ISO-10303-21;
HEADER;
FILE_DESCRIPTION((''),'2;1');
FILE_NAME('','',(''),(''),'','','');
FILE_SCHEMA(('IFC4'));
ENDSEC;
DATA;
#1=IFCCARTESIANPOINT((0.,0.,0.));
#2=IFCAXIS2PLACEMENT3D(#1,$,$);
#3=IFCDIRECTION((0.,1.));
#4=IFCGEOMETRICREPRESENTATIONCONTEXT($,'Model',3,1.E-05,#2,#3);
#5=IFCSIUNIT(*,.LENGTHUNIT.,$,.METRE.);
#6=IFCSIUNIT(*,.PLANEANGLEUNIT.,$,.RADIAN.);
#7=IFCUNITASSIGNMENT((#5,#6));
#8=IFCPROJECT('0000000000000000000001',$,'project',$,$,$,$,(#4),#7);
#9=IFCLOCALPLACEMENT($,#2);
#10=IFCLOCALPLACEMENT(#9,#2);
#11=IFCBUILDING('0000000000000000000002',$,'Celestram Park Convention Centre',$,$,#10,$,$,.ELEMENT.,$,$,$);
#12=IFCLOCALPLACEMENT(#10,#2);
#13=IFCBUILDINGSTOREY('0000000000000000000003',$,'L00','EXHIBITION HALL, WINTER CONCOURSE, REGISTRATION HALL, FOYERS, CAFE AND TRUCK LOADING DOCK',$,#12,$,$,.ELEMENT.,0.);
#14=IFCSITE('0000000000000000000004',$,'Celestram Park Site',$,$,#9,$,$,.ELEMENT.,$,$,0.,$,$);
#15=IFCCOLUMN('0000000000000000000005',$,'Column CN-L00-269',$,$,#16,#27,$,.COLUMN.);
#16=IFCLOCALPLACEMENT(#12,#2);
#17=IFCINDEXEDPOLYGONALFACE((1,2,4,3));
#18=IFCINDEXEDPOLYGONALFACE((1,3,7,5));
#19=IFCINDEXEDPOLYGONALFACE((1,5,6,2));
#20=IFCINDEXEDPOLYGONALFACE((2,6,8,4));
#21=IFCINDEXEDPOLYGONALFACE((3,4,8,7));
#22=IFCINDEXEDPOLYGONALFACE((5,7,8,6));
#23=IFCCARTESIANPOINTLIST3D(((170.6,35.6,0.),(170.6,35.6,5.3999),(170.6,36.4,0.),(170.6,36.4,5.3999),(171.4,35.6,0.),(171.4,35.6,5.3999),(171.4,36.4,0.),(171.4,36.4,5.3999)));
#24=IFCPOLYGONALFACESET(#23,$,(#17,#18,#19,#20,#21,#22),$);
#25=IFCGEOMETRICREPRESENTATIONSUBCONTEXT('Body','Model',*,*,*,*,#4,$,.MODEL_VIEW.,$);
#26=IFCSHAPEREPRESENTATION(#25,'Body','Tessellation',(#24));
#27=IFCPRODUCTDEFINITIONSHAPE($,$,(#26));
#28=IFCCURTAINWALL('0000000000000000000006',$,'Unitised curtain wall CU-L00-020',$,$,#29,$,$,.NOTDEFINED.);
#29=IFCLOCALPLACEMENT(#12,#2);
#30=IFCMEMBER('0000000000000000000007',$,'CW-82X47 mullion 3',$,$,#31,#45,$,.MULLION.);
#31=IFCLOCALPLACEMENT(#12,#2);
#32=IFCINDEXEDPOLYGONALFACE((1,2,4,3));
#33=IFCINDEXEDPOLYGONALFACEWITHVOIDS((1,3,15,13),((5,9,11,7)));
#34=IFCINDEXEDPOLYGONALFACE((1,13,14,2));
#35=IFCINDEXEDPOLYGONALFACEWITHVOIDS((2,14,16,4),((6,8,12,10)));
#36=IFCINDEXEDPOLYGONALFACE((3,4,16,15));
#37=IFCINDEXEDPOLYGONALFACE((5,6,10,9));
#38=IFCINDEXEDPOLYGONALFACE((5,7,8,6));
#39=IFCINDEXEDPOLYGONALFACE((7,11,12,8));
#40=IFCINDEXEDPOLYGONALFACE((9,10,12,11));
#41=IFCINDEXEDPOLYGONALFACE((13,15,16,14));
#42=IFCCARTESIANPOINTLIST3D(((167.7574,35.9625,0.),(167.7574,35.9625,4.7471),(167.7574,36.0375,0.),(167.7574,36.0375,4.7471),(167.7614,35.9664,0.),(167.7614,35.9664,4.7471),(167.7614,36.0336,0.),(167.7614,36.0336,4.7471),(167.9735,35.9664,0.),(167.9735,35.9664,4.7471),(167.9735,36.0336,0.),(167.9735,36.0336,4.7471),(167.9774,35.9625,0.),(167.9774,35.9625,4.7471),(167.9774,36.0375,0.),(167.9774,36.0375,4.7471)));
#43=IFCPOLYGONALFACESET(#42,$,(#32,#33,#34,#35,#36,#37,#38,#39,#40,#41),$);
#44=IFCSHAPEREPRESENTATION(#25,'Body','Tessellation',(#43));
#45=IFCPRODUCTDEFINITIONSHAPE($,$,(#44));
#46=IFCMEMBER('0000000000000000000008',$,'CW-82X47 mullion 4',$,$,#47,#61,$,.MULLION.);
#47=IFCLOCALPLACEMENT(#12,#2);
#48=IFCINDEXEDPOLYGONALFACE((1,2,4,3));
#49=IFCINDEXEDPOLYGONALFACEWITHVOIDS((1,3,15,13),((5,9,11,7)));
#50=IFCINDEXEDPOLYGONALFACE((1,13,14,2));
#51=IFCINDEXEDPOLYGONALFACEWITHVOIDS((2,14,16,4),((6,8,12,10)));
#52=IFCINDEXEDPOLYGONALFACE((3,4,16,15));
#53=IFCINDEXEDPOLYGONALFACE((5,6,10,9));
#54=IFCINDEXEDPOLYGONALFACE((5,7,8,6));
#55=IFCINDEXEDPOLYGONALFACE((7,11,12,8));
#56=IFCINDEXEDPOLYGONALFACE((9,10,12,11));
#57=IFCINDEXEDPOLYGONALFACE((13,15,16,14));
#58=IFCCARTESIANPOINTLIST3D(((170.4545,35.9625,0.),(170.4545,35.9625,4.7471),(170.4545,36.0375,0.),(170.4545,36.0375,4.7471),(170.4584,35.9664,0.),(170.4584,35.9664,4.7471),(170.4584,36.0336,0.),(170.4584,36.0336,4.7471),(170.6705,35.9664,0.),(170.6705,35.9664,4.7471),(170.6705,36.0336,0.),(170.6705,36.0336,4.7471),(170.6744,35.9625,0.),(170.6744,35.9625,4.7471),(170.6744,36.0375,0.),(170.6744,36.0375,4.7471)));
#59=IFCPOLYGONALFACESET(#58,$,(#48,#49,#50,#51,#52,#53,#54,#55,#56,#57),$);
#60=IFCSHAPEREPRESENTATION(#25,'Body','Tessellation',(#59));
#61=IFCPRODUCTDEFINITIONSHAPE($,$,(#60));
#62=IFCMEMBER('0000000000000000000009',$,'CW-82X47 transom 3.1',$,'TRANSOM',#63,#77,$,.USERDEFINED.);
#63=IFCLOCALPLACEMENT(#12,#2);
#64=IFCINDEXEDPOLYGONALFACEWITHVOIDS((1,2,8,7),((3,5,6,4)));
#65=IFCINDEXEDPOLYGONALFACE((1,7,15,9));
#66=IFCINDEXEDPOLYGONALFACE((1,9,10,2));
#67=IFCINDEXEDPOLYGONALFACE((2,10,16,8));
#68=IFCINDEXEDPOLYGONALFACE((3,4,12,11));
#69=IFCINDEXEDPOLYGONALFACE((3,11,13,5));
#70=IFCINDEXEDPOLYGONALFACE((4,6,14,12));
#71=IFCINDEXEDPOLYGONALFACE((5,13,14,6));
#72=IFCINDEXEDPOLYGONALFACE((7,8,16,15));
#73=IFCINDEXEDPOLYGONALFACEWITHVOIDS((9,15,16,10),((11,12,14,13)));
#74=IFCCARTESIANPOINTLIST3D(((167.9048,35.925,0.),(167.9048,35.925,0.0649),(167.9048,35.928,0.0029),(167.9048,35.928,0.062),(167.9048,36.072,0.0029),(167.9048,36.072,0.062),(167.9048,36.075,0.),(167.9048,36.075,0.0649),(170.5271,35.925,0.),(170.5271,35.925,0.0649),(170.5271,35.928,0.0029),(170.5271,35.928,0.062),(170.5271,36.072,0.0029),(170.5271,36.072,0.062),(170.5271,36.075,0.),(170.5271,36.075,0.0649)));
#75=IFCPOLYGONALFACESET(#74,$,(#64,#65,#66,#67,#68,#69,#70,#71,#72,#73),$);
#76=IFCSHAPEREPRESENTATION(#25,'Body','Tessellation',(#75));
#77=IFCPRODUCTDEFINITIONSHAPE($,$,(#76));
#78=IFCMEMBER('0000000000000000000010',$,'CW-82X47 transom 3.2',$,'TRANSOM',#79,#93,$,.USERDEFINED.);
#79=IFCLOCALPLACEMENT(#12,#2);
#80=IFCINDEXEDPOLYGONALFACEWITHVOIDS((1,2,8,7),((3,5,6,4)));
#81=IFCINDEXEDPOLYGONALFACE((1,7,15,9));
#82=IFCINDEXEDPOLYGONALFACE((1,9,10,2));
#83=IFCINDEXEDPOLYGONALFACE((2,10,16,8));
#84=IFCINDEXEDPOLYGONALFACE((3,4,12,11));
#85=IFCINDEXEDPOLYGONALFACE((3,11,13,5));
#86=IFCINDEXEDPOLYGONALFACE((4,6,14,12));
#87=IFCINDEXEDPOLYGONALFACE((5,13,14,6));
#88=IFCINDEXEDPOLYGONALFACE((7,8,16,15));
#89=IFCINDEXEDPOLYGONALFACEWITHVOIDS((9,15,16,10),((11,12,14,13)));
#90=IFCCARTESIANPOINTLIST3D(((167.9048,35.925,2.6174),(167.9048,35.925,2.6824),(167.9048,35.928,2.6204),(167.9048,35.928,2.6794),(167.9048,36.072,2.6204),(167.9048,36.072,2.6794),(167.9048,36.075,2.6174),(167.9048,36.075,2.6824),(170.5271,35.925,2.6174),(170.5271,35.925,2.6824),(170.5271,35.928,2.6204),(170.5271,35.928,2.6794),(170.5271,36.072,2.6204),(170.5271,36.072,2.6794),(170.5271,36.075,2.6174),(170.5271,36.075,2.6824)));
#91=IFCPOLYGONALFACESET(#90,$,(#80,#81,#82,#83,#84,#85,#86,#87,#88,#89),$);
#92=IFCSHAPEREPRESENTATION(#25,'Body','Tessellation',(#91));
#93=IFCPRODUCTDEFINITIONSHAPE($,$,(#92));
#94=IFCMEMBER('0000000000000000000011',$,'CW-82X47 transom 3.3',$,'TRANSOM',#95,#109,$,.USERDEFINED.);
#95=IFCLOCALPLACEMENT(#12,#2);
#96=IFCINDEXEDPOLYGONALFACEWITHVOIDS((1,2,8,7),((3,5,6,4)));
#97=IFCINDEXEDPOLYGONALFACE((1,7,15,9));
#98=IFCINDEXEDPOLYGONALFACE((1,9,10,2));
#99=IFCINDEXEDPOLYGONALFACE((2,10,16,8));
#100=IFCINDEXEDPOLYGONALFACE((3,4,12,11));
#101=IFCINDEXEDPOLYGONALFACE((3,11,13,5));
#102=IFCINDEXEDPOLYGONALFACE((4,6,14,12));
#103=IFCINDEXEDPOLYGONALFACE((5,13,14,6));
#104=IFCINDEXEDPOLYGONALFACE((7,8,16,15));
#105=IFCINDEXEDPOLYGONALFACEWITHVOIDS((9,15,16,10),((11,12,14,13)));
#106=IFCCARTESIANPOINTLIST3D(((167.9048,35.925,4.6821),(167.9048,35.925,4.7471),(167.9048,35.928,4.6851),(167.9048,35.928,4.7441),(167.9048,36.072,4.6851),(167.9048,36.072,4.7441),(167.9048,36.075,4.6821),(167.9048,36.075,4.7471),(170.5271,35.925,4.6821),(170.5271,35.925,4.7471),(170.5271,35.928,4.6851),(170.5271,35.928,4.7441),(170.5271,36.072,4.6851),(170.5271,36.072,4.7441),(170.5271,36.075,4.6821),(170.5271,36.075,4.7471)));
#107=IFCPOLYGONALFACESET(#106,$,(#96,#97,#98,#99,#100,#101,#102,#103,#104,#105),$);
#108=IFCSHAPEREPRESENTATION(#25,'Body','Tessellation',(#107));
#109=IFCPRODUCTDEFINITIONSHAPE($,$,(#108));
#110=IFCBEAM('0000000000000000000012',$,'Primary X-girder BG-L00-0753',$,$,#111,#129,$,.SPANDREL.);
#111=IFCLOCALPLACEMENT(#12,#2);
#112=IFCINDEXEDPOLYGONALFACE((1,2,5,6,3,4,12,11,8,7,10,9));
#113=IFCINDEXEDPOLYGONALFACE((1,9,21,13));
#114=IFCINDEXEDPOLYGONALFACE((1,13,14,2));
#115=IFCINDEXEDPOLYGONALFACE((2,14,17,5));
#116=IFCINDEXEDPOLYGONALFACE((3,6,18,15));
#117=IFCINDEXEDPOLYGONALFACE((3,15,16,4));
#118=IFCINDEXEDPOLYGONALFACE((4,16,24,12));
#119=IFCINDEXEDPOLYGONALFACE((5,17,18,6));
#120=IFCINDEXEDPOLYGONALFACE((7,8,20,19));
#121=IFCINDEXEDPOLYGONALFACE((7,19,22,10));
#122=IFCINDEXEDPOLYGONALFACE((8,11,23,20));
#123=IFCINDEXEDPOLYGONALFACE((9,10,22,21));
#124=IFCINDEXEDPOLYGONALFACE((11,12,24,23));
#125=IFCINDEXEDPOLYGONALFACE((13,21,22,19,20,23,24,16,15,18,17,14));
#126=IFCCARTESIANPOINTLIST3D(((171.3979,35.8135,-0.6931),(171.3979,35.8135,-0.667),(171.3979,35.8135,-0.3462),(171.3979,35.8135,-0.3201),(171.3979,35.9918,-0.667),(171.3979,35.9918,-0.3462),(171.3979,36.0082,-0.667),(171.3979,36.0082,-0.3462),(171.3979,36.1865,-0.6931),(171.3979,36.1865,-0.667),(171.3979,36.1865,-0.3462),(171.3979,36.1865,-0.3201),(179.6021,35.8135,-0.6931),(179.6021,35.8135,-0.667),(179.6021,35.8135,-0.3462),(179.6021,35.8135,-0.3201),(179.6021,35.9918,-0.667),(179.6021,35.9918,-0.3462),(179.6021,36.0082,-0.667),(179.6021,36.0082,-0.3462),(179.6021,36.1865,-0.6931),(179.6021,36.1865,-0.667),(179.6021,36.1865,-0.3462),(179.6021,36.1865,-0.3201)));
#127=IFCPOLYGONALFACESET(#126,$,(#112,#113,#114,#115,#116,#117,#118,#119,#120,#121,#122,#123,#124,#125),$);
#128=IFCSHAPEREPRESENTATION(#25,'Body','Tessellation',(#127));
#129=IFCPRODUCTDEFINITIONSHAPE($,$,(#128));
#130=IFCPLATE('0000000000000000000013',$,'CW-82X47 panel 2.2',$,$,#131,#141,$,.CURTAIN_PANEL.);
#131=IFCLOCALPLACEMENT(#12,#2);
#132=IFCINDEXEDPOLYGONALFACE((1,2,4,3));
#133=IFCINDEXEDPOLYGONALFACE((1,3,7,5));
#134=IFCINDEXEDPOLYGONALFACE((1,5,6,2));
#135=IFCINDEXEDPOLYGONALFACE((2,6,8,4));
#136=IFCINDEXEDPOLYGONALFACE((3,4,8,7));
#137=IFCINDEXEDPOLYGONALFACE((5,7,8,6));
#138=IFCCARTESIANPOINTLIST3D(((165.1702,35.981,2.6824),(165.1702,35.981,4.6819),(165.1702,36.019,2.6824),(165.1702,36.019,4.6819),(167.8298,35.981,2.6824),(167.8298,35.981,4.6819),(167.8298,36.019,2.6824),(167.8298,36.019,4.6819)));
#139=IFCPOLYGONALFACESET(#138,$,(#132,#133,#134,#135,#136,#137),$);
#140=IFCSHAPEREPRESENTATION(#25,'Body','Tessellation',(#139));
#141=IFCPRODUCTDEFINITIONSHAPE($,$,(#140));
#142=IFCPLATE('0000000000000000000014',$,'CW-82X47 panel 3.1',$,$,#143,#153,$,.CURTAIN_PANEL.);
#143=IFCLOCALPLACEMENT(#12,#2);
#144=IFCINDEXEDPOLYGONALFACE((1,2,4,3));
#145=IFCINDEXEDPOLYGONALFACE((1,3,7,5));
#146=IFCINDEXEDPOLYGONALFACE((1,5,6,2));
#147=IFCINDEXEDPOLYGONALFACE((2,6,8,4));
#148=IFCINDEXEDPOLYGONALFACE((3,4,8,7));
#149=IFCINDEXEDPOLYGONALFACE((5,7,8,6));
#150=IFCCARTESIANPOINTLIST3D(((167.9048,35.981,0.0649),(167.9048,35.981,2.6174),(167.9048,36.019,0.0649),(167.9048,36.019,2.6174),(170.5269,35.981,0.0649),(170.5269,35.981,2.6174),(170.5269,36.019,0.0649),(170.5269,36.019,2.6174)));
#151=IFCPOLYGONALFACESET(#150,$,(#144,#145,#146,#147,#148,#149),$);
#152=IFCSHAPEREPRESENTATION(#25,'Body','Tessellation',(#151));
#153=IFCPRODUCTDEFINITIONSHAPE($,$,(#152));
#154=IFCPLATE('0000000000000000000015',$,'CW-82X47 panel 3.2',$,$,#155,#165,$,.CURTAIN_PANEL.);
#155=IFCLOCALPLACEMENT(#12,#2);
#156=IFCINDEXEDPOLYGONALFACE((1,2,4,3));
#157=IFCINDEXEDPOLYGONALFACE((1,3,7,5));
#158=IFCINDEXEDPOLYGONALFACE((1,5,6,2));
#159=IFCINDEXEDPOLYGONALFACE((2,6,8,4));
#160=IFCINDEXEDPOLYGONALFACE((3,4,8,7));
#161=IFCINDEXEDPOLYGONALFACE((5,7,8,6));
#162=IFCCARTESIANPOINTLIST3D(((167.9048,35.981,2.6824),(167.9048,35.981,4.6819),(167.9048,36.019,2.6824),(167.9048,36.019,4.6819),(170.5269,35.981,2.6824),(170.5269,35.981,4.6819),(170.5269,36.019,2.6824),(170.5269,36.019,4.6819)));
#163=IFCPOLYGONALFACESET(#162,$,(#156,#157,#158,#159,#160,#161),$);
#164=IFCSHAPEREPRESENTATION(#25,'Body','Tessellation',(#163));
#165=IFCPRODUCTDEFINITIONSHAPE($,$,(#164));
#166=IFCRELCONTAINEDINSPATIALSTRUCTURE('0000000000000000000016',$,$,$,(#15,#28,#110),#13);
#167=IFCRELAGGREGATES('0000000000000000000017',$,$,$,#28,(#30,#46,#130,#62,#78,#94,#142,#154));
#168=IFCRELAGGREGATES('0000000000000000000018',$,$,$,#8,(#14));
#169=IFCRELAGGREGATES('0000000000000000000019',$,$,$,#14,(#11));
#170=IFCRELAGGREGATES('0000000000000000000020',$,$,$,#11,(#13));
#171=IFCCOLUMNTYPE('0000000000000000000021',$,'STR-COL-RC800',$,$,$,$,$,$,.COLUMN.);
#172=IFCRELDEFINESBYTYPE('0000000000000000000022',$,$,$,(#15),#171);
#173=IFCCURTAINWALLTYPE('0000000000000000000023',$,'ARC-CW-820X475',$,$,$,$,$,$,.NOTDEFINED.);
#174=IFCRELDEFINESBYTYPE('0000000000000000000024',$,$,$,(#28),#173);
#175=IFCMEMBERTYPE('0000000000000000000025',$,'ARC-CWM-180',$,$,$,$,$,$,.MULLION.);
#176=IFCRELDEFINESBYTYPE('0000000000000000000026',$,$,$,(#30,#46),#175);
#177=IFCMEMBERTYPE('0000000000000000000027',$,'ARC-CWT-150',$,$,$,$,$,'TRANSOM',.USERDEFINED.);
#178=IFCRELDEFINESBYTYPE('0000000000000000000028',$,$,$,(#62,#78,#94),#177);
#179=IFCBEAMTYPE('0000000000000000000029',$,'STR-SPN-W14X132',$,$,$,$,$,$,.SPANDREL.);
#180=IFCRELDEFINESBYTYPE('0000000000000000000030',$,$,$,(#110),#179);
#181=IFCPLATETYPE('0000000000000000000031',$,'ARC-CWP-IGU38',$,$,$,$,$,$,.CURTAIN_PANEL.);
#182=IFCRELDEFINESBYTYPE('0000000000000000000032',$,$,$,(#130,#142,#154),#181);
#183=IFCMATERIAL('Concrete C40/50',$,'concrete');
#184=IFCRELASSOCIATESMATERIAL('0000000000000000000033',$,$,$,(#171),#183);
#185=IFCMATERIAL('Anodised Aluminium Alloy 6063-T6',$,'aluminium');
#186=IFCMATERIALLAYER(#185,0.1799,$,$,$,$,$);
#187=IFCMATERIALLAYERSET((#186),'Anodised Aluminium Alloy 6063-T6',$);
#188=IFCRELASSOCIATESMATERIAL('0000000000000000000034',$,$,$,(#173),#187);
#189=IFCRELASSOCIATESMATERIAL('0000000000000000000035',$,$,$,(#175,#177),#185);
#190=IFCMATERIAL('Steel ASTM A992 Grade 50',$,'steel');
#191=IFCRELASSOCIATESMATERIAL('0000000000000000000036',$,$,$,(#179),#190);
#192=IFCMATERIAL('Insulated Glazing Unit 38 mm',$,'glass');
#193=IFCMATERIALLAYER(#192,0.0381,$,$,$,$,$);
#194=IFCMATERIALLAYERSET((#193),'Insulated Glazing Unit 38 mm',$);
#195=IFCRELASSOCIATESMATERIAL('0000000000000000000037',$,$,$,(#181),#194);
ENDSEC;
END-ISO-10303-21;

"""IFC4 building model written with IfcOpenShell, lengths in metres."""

from ifc_helpers import new_model, si_unit, direction, frame, origin, origin_2d, place, context, subcontext, project, spatial, rectangle, hollow_rectangle, i_section, extrude, material, layer, layer_set, material_profile, profile_set, type_object, element, aggregate, save


model = new_model("IFC4")

# Units and contexts
model_context = context("Model", 3, precision=1e-05, world=origin(), true_north=direction((0.0, 1.0)))
body_context = subcontext(model_context, "Body", "Model", "MODEL_VIEW")
ifc_project = project(units=[si_unit("LENGTHUNIT", "METRE"), si_unit("PLANEANGLEUNIT", "RADIAN")], contexts=[model_context])

# Site, building, storey
site_placement = place(None, origin())
site = spatial("IfcSite", under=ifc_project, at=site_placement, Name="Celestram Park Site", CompositionType="ELEMENT", RefElevation=0.0)
building_placement = place(site_placement, origin())
building = spatial("IfcBuilding", under=site, at=building_placement, Name="Celestram Park Convention Centre", CompositionType="ELEMENT")
storey_placement = place(building_placement, origin())
storey = spatial("IfcBuildingStorey", under=building, at=storey_placement, Name="L00", Description="EXHIBITION HALL, WINTER CONCOURSE, REGISTRATION HALL, FOYERS, CAFE AND TRUCK LOADING DOCK", CompositionType="ELEMENT", Elevation=0.0)

# Column
ifc_material_1 = material(Name="Concrete C40/50", Category="concrete")
ifc_material_profile_1 = material_profile(ifc_material_1, rectangle(XDim=0.8, YDim=0.8, at=origin_2d()), Name="RC800X800")
ifc_profile_set_1 = profile_set([ifc_material_profile_1], Name="Concrete C40/50")
column_type = type_object("IfcColumnType", Name="STR-COL-RC800", PredefinedType="COLUMN", material=ifc_profile_set_1)
column_placement = place(storey_placement, frame((171.0, 36.0, 0.0), z_axis=(0.0, 0.0, 1.0), x_axis=(1.0, 0.0, 0.0)))
element("IfcColumn", 1, at=column_placement, inside=storey, type_object=column_type, Name="Column CN-L00-269", PredefinedType="COLUMN", context=body_context, shape_type="SweptSolid", body=[
    extrude(rectangle(XDim=0.8, YDim=0.8, at=origin_2d()), origin(), (0.0, 0.0, 1.0), 5.3999),
])

# Curtain wall, members
ifc_material_2 = material(Name="Anodised Aluminium Alloy 6063-T6", Category="aluminium")
ifc_layer_1 = layer(ifc_material_2, 0.1799)
ifc_layer_set_1 = layer_set([ifc_layer_1], Name="Anodised Aluminium Alloy 6063-T6")
curtain_wall_type = type_object("IfcCurtainWallType", Name="ARC-CW-820X475", PredefinedType="NOTDEFINED", material=ifc_layer_set_1)
curtain_wall_placement = place(storey_placement, origin())
curtain_wall = element("IfcCurtainWall", 2, at=curtain_wall_placement, inside=storey, type_object=curtain_wall_type, Name="Unitised curtain wall CU-L00-020", PredefinedType="NOTDEFINED")
ifc_material_profile_2 = material_profile(ifc_material_2, hollow_rectangle(XDim=0.075, YDim=0.22, WallThickness=0.0039, at=origin_2d()), Name="ALU75X220X4")
ifc_profile_set_2 = profile_set([ifc_material_profile_2], Name="Anodised Aluminium Alloy 6063-T6")
member_type_1 = type_object("IfcMemberType", Name="ARC-CWM-180", PredefinedType="MULLION", material=ifc_profile_set_2)
member_1_placement = place(storey_placement, frame((167.8674, 36.0, 0.0), z_axis=(0.0, 0.0, 1.0), x_axis=(0.0, 1.0, 0.0)))
member_1 = element("IfcMember", 3, at=member_1_placement, type_object=member_type_1, Name="CW-82X47 mullion 3", PredefinedType="MULLION", context=body_context, shape_type="SweptSolid", body=[
    extrude(hollow_rectangle(XDim=0.075, YDim=0.22, WallThickness=0.0039, at=origin_2d()), origin(), (0.0, 0.0, 1.0), 4.7471),
])
member_2_placement = place(storey_placement, frame((170.5645, 36.0, 0.0), z_axis=(0.0, 0.0, 1.0), x_axis=(0.0, 1.0, 0.0)))
member_2 = element("IfcMember", 4, at=member_2_placement, type_object=member_type_1, Name="CW-82X47 mullion 4", PredefinedType="MULLION", context=body_context, shape_type="SweptSolid", body=[
    extrude(hollow_rectangle(XDim=0.075, YDim=0.22, WallThickness=0.0039, at=origin_2d()), origin(), (0.0, 0.0, 1.0), 4.7471),
])
ifc_material_profile_3 = material_profile(ifc_material_2, hollow_rectangle(XDim=0.1499, YDim=0.0649, WallThickness=0.0029, at=origin_2d()), Name="ALU150X65X3")
ifc_profile_set_3 = profile_set([ifc_material_profile_3], Name="Anodised Aluminium Alloy 6063-T6")
member_type_2 = type_object("IfcMemberType", Name="ARC-CWT-150", ElementType="TRANSOM", PredefinedType="USERDEFINED", material=ifc_profile_set_3)
member_3_placement = place(storey_placement, frame((167.9048, 36.0, 0.0325), z_axis=(1.0, 0.0, 0.0), x_axis=(0.0, 1.0, 0.0)))
member_3 = element("IfcMember", 5, at=member_3_placement, type_object=member_type_2, Name="CW-82X47 transom 3.1", ObjectType="TRANSOM", PredefinedType="USERDEFINED", context=body_context, shape_type="SweptSolid", body=[
    extrude(hollow_rectangle(XDim=0.1499, YDim=0.0649, WallThickness=0.0029, at=origin_2d()), origin(), (0.0, 0.0, 1.0), 2.6223),
])
member_4_placement = place(storey_placement, frame((167.9048, 36.0, 2.6499), z_axis=(1.0, 0.0, 0.0), x_axis=(0.0, 1.0, 0.0)))
member_4 = element("IfcMember", 6, at=member_4_placement, type_object=member_type_2, Name="CW-82X47 transom 3.2", ObjectType="TRANSOM", PredefinedType="USERDEFINED", context=body_context, shape_type="SweptSolid", body=[
    extrude(hollow_rectangle(XDim=0.1499, YDim=0.0649, WallThickness=0.0029, at=origin_2d()), origin(), (0.0, 0.0, 1.0), 2.6223),
])
member_5_placement = place(storey_placement, frame((167.9048, 36.0, 4.7146), z_axis=(1.0, 0.0, 0.0), x_axis=(0.0, 1.0, 0.0)))
member_5 = element("IfcMember", 7, at=member_5_placement, type_object=member_type_2, Name="CW-82X47 transom 3.3", ObjectType="TRANSOM", PredefinedType="USERDEFINED", context=body_context, shape_type="SweptSolid", body=[
    extrude(hollow_rectangle(XDim=0.1499, YDim=0.0649, WallThickness=0.0029, at=origin_2d()), origin(), (0.0, 0.0, 1.0), 2.6223),
])

# Beam
ifc_material_3 = material(Name="Steel ASTM A992 Grade 50", Category="steel")
ifc_material_profile_4 = material_profile(ifc_material_3, i_section(OverallWidth=0.373, OverallDepth=0.373, WebThickness=0.0164, FlangeThickness=0.0261, at=origin_2d()), Name="W14X132")
ifc_profile_set_4 = profile_set([ifc_material_profile_4], Name="Steel ASTM A992 Grade 50")
beam_type = type_object("IfcBeamType", Name="STR-SPN-W14X132", PredefinedType="SPANDREL", material=ifc_profile_set_4)
beam_placement = place(storey_placement, frame((171.3979, 36.0, -0.5066), z_axis=(1.0, 0.0, 0.0), x_axis=(0.0, 1.0, 0.0)))
element("IfcBeam", 8, at=beam_placement, inside=storey, type_object=beam_type, Name="Primary X-girder BG-L00-0753", PredefinedType="SPANDREL", context=body_context, shape_type="SweptSolid", body=[
    extrude(i_section(OverallWidth=0.373, OverallDepth=0.373, WebThickness=0.0164, FlangeThickness=0.0261, at=origin_2d()), origin(), (0.0, 0.0, 1.0), 8.2041),
])

# Plates
ifc_material_4 = material(Name="Insulated Glazing Unit 38 mm", Category="glass")
ifc_layer_2 = layer(ifc_material_4, 0.0381)
ifc_layer_set_2 = layer_set([ifc_layer_2], Name="Insulated Glazing Unit 38 mm")
plate_type = type_object("IfcPlateType", Name="ARC-CWP-IGU38", PredefinedType="CURTAIN_PANEL", material=ifc_layer_set_2)
plate_1_placement = place(storey_placement, frame((166.5, 36.0, 2.6824), z_axis=(0.0, 0.0, 1.0), x_axis=(1.0, 0.0, 0.0)))
plate_1 = element("IfcPlate", 9, at=plate_1_placement, type_object=plate_type, Name="CW-82X47 panel 2.2", PredefinedType="CURTAIN_PANEL", context=body_context, shape_type="SweptSolid", body=[
    extrude(rectangle(XDim=2.6597, YDim=0.0381, at=origin_2d()), origin(), (0.0, 0.0, 1.0), 1.9995),
])
plate_2_placement = place(storey_placement, frame((169.2158, 36.0, 0.0649), z_axis=(0.0, 0.0, 1.0), x_axis=(1.0, 0.0, 0.0)))
plate_2 = element("IfcPlate", 10, at=plate_2_placement, type_object=plate_type, Name="CW-82X47 panel 3.1", PredefinedType="CURTAIN_PANEL", context=body_context, shape_type="SweptSolid", body=[
    extrude(rectangle(XDim=2.6221, YDim=0.0381, at=origin_2d()), origin(), (0.0, 0.0, 1.0), 2.5525),
])
plate_3_placement = place(storey_placement, frame((169.2158, 36.0, 2.6824), z_axis=(0.0, 0.0, 1.0), x_axis=(1.0, 0.0, 0.0)))
plate_3 = element("IfcPlate", 11, at=plate_3_placement, type_object=plate_type, Name="CW-82X47 panel 3.2", PredefinedType="CURTAIN_PANEL", context=body_context, shape_type="SweptSolid", body=[
    extrude(rectangle(XDim=2.6221, YDim=0.0381, at=origin_2d()), origin(), (0.0, 0.0, 1.0), 1.9995),
])
aggregate(curtain_wall, [member_1, member_2, plate_1, member_3, member_4, member_5, plate_2, plate_3])

save(model, "model.ifc")
